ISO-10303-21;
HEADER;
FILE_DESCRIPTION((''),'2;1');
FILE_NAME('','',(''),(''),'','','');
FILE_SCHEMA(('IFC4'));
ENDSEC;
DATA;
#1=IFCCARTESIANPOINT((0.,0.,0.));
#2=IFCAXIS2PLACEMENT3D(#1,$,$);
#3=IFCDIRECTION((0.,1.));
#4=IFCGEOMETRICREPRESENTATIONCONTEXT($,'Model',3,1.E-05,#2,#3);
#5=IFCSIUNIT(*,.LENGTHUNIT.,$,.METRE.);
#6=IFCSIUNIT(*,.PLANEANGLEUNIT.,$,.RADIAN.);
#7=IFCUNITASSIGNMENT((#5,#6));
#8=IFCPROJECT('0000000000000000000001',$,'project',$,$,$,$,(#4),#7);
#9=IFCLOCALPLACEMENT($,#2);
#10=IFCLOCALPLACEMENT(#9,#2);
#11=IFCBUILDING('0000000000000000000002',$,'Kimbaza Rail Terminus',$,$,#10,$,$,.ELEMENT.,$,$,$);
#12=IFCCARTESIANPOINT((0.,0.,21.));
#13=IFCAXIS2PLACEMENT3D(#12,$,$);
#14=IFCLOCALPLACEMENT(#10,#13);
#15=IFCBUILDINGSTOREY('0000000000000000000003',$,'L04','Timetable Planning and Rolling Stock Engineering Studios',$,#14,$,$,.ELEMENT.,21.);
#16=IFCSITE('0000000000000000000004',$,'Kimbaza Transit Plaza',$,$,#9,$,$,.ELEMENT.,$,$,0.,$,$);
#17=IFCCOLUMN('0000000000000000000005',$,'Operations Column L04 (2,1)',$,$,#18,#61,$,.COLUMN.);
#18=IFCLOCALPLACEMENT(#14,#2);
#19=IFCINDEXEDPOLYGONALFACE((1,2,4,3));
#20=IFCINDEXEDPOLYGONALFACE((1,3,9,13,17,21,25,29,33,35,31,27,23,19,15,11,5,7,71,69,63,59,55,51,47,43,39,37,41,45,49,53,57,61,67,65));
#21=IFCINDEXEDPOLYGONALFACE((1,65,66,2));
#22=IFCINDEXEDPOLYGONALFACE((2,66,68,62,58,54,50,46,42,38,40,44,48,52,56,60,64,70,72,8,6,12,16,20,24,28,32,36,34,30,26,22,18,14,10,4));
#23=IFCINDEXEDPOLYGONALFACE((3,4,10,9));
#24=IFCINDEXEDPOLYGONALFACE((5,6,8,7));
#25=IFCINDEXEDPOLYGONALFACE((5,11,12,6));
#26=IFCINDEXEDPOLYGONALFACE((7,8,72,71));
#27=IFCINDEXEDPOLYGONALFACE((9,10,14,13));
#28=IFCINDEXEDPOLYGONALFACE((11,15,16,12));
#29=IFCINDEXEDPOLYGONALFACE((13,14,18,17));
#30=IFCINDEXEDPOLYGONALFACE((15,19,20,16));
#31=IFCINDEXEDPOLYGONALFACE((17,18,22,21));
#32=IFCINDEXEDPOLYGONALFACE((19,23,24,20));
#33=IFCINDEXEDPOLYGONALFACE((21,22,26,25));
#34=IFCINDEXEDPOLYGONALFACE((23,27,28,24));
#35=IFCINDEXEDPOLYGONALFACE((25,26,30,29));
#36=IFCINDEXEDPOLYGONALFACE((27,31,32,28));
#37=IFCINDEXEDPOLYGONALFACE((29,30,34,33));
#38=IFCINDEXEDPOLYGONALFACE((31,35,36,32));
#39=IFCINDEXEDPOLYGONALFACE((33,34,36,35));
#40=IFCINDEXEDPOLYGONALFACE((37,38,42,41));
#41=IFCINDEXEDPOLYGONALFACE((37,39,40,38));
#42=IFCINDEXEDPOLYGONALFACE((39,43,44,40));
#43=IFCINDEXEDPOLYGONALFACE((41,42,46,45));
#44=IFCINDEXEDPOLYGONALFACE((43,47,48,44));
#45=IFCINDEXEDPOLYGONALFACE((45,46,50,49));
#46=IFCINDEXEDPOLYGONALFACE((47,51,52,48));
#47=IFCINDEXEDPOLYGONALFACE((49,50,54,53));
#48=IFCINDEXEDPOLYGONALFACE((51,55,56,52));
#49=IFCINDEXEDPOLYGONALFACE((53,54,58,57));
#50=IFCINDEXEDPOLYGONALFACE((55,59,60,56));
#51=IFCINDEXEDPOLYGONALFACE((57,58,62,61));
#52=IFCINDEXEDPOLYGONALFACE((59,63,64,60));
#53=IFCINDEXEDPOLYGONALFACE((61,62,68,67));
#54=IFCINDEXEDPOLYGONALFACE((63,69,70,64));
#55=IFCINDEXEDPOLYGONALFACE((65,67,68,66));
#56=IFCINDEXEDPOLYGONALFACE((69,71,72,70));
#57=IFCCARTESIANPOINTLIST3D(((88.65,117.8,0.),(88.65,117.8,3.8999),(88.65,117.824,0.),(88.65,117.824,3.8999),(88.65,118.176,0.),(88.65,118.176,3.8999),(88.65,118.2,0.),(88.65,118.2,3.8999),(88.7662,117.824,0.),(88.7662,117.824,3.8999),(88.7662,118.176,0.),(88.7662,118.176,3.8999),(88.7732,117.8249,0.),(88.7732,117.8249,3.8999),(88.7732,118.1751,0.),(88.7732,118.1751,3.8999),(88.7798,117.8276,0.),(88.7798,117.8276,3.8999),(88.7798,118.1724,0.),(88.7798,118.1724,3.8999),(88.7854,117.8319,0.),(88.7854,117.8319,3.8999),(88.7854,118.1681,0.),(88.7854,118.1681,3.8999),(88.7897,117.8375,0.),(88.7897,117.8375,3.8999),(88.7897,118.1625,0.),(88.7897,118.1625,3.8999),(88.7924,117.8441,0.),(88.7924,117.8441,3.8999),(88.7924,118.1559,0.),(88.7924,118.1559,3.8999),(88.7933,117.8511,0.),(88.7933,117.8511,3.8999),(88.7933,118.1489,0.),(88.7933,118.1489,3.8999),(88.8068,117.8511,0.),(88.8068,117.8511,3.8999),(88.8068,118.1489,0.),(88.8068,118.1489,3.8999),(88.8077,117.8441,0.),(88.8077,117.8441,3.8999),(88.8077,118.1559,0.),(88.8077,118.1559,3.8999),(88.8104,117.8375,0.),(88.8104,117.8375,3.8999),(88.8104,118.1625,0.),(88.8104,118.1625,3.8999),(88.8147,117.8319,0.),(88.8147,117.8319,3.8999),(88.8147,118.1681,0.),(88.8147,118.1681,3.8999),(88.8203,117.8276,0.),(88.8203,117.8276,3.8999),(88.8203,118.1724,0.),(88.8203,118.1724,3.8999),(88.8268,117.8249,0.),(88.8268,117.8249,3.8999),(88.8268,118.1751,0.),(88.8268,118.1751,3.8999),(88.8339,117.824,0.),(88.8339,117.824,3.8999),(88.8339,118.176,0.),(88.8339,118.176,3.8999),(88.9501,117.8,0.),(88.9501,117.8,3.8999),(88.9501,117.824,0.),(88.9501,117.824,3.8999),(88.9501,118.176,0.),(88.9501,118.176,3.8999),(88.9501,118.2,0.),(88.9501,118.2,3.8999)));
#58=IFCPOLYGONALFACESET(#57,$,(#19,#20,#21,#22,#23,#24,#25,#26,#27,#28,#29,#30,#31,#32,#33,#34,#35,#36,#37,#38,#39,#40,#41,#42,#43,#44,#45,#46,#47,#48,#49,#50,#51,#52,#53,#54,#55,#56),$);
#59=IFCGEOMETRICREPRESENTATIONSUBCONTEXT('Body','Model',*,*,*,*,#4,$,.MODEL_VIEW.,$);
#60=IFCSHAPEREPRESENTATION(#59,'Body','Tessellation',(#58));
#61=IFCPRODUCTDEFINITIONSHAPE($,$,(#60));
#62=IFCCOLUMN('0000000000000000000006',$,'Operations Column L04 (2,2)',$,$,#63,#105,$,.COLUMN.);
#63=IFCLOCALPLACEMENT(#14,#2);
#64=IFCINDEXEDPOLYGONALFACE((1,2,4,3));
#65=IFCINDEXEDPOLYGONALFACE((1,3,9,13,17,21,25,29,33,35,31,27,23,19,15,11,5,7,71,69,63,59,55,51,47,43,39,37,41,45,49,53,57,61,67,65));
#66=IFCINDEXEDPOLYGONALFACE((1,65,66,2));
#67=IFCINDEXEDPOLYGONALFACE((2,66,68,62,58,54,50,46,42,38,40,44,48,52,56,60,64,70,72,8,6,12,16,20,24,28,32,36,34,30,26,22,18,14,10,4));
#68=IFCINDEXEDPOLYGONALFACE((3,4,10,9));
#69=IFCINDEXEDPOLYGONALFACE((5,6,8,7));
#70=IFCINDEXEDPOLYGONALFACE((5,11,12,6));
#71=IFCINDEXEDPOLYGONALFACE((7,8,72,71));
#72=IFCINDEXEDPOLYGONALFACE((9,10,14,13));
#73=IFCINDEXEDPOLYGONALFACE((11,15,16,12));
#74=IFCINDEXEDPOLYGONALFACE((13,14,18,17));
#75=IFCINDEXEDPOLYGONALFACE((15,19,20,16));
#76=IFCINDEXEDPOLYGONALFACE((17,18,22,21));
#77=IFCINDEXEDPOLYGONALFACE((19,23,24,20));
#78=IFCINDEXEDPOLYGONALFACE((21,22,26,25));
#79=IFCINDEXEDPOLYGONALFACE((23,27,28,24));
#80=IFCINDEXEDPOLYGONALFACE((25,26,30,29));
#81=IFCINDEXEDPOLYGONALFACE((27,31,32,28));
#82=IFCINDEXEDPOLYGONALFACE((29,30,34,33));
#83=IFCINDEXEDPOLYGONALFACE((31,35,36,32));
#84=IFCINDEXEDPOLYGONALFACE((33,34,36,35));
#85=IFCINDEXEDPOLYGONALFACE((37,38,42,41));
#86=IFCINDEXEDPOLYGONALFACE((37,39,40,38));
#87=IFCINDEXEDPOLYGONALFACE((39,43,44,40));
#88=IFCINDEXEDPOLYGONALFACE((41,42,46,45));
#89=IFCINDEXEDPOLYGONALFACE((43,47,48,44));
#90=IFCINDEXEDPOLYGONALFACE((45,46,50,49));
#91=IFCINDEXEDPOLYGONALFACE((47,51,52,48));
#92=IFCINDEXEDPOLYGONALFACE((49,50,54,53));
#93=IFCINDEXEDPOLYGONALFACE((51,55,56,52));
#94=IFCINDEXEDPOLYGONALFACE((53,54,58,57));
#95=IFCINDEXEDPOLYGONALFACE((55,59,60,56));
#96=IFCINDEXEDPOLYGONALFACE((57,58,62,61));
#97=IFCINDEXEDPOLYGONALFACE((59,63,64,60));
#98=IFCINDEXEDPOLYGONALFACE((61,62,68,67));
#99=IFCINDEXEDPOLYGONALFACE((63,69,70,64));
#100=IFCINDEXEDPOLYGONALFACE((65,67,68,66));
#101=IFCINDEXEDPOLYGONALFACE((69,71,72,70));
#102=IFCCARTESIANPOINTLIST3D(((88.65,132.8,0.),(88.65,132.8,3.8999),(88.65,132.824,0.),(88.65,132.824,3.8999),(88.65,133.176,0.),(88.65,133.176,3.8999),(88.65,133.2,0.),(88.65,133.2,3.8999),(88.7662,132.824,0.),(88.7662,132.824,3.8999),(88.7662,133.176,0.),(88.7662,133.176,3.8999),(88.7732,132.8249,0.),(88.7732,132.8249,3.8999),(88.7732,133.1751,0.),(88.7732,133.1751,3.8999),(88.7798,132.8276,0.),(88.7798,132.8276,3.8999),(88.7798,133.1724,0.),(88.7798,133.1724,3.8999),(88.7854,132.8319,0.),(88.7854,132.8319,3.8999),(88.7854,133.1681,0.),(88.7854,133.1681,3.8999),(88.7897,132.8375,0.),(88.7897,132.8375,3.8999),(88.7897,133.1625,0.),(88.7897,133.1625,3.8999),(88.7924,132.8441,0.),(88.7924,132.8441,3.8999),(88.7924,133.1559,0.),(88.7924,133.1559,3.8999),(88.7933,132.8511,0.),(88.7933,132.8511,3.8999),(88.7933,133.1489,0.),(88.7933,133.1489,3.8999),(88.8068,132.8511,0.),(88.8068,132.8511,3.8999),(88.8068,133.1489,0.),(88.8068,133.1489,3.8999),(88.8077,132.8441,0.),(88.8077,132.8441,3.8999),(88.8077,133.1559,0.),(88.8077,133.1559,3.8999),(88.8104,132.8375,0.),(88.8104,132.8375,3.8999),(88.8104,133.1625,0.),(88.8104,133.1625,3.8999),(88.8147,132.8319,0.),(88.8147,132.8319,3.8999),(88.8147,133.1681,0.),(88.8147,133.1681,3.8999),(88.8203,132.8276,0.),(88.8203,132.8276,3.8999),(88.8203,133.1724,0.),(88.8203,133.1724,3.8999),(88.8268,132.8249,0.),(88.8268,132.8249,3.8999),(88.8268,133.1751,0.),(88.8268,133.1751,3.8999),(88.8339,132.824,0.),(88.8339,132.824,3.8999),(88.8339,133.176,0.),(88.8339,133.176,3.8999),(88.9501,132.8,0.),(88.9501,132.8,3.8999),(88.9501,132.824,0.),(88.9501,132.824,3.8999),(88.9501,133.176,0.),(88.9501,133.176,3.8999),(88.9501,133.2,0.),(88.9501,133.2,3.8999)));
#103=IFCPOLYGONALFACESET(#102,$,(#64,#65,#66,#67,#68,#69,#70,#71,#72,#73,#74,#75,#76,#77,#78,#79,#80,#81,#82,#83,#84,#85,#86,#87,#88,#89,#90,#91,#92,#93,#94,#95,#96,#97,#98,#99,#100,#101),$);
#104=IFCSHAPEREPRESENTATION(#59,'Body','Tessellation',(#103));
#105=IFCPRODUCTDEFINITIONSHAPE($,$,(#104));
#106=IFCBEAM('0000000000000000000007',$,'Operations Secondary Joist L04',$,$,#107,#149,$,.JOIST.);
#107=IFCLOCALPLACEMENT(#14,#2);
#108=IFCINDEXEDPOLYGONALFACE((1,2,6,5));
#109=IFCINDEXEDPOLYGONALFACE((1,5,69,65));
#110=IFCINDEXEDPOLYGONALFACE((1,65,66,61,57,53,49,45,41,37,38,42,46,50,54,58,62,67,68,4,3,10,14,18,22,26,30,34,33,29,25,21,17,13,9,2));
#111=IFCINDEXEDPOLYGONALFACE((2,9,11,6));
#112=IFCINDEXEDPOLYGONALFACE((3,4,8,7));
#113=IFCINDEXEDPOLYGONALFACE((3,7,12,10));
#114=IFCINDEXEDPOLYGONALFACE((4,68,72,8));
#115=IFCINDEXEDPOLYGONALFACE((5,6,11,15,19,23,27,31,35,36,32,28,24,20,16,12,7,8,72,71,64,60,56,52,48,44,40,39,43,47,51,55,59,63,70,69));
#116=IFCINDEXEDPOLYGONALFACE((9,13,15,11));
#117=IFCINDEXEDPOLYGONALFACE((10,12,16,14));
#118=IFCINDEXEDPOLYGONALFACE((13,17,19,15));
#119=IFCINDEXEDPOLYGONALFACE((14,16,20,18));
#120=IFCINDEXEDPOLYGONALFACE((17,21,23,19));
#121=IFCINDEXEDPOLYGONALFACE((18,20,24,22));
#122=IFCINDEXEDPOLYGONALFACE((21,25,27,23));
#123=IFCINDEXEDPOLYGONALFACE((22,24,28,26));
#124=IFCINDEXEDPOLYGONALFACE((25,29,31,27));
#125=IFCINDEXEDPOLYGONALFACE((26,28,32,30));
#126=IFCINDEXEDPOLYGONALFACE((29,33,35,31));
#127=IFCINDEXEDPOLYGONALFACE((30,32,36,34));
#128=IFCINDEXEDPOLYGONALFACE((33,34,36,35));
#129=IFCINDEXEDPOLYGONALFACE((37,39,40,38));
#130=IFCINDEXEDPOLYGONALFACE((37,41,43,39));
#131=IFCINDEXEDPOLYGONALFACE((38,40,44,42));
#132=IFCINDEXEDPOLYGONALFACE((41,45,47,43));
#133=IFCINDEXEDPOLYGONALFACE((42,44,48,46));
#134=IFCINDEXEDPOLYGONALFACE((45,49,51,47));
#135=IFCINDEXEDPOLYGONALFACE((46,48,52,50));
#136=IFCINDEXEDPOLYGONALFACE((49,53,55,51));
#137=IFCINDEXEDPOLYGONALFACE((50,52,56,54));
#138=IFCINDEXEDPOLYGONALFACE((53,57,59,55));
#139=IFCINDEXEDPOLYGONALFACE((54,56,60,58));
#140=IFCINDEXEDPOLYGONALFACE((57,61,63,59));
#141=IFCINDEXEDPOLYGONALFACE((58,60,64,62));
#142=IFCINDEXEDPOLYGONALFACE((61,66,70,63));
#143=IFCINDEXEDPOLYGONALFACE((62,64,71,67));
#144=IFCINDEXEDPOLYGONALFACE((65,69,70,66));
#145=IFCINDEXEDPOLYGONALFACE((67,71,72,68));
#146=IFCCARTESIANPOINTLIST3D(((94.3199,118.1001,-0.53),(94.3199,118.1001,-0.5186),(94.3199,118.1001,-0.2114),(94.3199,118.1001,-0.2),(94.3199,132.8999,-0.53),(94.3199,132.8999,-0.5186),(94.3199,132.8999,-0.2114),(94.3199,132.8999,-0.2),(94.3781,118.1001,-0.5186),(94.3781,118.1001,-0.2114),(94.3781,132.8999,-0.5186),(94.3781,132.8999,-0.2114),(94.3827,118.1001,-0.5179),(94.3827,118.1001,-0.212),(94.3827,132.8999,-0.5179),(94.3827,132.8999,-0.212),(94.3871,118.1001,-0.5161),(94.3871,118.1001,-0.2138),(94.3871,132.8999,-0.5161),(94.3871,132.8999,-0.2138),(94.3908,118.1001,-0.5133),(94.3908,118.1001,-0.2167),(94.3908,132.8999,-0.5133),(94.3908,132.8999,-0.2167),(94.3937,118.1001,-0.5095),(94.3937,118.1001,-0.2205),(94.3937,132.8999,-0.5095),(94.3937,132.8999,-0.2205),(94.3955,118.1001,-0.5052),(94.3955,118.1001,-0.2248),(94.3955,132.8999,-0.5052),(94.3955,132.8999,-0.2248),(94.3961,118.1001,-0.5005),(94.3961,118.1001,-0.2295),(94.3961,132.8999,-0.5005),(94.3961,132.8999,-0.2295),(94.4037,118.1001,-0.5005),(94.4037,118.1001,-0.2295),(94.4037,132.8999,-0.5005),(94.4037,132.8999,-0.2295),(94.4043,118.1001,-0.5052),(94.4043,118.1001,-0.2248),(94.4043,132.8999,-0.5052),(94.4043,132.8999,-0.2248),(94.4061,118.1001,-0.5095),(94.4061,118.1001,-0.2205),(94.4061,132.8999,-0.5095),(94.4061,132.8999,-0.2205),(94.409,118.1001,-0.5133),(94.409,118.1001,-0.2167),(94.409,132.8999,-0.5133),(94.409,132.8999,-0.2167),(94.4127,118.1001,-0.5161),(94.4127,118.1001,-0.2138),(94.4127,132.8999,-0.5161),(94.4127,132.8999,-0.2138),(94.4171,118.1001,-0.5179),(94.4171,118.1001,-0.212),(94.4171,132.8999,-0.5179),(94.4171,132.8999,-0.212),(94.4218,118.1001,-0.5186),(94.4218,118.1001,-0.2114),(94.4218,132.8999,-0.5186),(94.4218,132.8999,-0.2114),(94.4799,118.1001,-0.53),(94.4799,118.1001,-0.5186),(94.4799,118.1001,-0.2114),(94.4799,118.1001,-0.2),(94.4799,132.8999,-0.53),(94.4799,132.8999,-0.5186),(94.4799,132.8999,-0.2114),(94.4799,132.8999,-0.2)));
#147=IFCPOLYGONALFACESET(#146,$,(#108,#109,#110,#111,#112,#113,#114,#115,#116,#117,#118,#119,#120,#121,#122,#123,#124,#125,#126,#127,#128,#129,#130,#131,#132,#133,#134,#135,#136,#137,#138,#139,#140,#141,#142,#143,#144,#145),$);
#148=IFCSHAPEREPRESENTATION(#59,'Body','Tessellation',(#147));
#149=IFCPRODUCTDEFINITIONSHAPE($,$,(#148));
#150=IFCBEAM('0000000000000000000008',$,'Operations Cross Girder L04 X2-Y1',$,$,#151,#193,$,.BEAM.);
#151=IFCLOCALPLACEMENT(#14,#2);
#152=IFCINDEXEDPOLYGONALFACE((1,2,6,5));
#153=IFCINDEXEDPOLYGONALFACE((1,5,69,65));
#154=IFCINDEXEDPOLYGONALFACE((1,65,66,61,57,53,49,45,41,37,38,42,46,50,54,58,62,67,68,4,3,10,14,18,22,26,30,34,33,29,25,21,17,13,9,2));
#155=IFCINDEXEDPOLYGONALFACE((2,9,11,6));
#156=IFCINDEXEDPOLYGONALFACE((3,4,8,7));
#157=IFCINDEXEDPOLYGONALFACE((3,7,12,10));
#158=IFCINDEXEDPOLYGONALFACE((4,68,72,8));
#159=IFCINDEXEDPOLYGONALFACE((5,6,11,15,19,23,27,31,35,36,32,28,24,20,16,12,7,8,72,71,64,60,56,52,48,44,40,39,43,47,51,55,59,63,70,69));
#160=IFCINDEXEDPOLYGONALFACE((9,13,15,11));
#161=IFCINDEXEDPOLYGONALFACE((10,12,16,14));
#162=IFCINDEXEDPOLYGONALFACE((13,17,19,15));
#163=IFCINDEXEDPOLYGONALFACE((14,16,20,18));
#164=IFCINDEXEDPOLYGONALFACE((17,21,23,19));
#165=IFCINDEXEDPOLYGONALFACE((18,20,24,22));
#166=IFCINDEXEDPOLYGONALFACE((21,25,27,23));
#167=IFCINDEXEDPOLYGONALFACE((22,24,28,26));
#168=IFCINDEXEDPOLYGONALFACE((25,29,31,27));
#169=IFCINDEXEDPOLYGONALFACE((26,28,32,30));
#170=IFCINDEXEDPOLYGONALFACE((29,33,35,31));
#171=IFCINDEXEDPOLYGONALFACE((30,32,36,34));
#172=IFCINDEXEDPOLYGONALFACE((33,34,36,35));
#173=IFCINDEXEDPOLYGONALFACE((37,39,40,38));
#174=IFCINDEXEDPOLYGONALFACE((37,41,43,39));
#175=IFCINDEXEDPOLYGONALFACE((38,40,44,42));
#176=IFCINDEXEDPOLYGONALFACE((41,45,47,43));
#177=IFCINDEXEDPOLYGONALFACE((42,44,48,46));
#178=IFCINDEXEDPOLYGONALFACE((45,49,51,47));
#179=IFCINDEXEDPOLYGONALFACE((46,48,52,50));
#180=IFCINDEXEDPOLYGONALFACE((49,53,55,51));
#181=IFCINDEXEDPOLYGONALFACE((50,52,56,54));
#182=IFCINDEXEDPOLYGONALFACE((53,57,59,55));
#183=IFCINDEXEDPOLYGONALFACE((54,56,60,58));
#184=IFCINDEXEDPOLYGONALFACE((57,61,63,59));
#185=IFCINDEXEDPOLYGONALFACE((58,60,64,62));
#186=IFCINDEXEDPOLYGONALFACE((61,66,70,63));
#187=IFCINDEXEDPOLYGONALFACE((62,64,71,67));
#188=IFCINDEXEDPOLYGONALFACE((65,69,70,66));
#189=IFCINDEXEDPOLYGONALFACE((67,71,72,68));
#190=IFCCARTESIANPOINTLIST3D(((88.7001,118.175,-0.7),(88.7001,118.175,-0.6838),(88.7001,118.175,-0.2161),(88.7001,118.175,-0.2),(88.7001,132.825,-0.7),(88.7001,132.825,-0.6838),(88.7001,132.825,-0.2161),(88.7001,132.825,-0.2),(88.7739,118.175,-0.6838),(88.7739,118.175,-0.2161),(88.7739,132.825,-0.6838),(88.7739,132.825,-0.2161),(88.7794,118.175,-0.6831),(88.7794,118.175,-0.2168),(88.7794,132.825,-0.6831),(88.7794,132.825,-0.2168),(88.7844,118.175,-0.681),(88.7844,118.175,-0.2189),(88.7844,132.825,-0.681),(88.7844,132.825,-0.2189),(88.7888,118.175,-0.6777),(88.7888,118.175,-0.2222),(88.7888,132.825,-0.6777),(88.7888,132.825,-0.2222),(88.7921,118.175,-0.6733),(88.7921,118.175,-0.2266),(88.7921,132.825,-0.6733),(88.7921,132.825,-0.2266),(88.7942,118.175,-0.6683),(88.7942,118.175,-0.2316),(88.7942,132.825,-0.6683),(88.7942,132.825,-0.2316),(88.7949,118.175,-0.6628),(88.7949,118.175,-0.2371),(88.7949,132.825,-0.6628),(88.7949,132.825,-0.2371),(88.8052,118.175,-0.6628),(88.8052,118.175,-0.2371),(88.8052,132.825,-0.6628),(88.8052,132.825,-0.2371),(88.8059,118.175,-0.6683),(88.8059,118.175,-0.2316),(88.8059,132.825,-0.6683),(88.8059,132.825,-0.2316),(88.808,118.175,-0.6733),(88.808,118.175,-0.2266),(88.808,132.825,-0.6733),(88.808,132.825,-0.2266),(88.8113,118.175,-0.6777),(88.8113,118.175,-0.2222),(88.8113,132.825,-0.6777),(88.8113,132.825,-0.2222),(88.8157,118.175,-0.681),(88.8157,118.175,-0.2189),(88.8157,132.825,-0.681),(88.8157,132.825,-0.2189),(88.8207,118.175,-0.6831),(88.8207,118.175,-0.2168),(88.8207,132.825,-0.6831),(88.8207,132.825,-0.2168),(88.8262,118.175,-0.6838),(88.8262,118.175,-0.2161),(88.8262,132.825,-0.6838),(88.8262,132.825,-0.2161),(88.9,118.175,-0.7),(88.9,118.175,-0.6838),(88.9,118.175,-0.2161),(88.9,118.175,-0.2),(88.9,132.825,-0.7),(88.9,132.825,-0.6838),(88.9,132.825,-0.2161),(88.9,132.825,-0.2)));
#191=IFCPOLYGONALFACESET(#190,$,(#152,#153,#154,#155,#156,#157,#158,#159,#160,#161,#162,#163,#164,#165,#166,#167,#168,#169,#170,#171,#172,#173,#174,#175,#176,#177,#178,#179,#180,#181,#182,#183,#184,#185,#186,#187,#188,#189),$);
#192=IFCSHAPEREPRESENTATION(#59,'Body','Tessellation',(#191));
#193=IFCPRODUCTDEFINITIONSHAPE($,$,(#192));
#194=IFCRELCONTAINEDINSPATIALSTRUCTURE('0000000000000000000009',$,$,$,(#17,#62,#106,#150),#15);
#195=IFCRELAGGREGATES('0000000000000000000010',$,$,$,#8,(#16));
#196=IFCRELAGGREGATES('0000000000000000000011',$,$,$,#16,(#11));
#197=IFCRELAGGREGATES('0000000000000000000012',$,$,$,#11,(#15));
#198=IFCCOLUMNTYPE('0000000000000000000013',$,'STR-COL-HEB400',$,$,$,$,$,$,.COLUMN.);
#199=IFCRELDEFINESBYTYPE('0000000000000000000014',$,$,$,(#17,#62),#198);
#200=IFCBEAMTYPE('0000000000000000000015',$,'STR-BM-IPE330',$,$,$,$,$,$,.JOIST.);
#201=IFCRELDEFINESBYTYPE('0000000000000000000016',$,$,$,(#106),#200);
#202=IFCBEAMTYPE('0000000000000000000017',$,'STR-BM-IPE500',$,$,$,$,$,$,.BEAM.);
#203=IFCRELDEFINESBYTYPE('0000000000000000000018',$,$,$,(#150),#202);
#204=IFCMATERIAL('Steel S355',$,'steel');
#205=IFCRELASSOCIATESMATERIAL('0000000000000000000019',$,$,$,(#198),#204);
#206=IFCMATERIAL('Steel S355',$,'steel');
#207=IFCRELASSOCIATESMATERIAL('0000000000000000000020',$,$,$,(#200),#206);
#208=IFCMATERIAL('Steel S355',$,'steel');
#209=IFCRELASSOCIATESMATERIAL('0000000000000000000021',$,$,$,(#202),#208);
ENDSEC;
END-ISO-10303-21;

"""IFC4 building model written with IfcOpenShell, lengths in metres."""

from ifc_helpers import new_model, si_unit, direction, frame, origin, origin_2d, place, context, subcontext, project, spatial, i_section, extrude, material, material_profile, profile_set, type_object, element, save


model = new_model("IFC4")

# Units and contexts
model_context = context("Model", 3, precision=1e-05, world=origin(), true_north=direction((0.0, 1.0)))
body_context = subcontext(model_context, "Body", "Model", "MODEL_VIEW")
ifc_project = project(units=[si_unit("LENGTHUNIT", "METRE"), si_unit("PLANEANGLEUNIT", "RADIAN")], contexts=[model_context])

# Site, building, storey
site_placement = place(None, origin())
site = spatial("IfcSite", under=ifc_project, at=site_placement, Name="Kimbaza Transit Plaza", CompositionType="ELEMENT", RefElevation=0.0)
building_placement = place(site_placement, origin())
building = spatial("IfcBuilding", under=site, at=building_placement, Name="Kimbaza Rail Terminus", CompositionType="ELEMENT")
storey_placement = place(building_placement, frame((0.0, 0.0, 21.0)))
storey = spatial("IfcBuildingStorey", under=building, at=storey_placement, Name="L04", Description="Timetable Planning and Rolling Stock Engineering Studios", CompositionType="ELEMENT", Elevation=21.0)

# Columns
ifc_material_1 = material(Name="Steel S355", Category="steel")
ifc_material_profile_1 = material_profile(ifc_material_1, i_section(OverallWidth=0.3, OverallDepth=0.3999, WebThickness=0.0134, FlangeThickness=0.0239, FilletRadius=0.0271, at=origin_2d()), Name="HEB 400")
ifc_profile_set_1 = profile_set([ifc_material_profile_1], Name="Steel S355")
column_type = type_object("IfcColumnType", Name="STR-COL-HEB400", PredefinedType="COLUMN", material=ifc_profile_set_1)
for number, where, z_axis, x_axis, name in (
    (1, (88.8, 118.0, 0.0), (0.0, 0.0, 1.0), (1.0, 0.0, 0.0), "Operations Column L04 (2,1)"),
    (2, (88.8, 133.0, 0.0), (0.0, 0.0, 1.0), (1.0, 0.0, 0.0), "Operations Column L04 (2,2)"),
):
    element("IfcColumn", number, at=place(storey_placement, frame(where, z_axis=z_axis, x_axis=x_axis)), inside=storey, type_object=column_type, Name=name, PredefinedType="COLUMN", context=body_context, shape_type="SweptSolid", body=[
        extrude(i_section(OverallWidth=0.3, OverallDepth=0.3999, WebThickness=0.0134, FlangeThickness=0.0239, FilletRadius=0.0271, at=origin_2d()), origin(), (0.0, 0.0, 1.0), 3.8999),
    ])

# Beams
ifc_material_2 = material(Name="Steel S355", Category="steel")
ifc_material_profile_2 = material_profile(ifc_material_2, i_section(OverallWidth=0.1599, OverallDepth=0.3301, WebThickness=0.0076, FlangeThickness=0.0115, FilletRadius=0.0181, at=origin_2d()), Name="IPE 330")
ifc_profile_set_2 = profile_set([ifc_material_profile_2], Name="Steel S355")
beam_type_1 = type_object("IfcBeamType", Name="STR-BM-IPE330", PredefinedType="JOIST", material=ifc_profile_set_2)
beam_1_placement = place(storey_placement, frame((94.3999, 118.1001, -0.365), z_axis=(0.0, 1.0, 0.0), x_axis=(-1.0, 0.0, 0.0)))
element("IfcBeam", 3, at=beam_1_placement, inside=storey, type_object=beam_type_1, Name="Operations Secondary Joist L04", PredefinedType="JOIST", context=body_context, shape_type="SweptSolid", body=[
    extrude(i_section(OverallWidth=0.1599, OverallDepth=0.3301, WebThickness=0.0076, FlangeThickness=0.0115, FilletRadius=0.0181, at=origin_2d()), origin(), (0.0, 0.0, 1.0), 14.7998),
])
ifc_material_3 = material(Name="Steel S355", Category="steel")
ifc_material_profile_3 = material_profile(ifc_material_3, i_section(OverallWidth=0.2, OverallDepth=0.5, WebThickness=0.0103, FlangeThickness=0.0161, FilletRadius=0.021, at=origin_2d()), Name="IPE 500")
ifc_profile_set_3 = profile_set([ifc_material_profile_3], Name="Steel S355")
beam_type_2 = type_object("IfcBeamType", Name="STR-BM-IPE500", PredefinedType="BEAM", material=ifc_profile_set_3)
beam_2_placement = place(storey_placement, frame((88.8, 118.175, -0.45), z_axis=(0.0, 1.0, 0.0), x_axis=(-1.0, 0.0, 0.0)))
element("IfcBeam", 4, at=beam_2_placement, inside=storey, type_object=beam_type_2, Name="Operations Cross Girder L04 X2-Y1", PredefinedType="BEAM", context=body_context, shape_type="SweptSolid", body=[
    extrude(i_section(OverallWidth=0.2, OverallDepth=0.5, WebThickness=0.0103, FlangeThickness=0.0161, FilletRadius=0.021, at=origin_2d()), origin(), (0.0, 0.0, 1.0), 14.6499),
])

save(model, "model.ifc")
